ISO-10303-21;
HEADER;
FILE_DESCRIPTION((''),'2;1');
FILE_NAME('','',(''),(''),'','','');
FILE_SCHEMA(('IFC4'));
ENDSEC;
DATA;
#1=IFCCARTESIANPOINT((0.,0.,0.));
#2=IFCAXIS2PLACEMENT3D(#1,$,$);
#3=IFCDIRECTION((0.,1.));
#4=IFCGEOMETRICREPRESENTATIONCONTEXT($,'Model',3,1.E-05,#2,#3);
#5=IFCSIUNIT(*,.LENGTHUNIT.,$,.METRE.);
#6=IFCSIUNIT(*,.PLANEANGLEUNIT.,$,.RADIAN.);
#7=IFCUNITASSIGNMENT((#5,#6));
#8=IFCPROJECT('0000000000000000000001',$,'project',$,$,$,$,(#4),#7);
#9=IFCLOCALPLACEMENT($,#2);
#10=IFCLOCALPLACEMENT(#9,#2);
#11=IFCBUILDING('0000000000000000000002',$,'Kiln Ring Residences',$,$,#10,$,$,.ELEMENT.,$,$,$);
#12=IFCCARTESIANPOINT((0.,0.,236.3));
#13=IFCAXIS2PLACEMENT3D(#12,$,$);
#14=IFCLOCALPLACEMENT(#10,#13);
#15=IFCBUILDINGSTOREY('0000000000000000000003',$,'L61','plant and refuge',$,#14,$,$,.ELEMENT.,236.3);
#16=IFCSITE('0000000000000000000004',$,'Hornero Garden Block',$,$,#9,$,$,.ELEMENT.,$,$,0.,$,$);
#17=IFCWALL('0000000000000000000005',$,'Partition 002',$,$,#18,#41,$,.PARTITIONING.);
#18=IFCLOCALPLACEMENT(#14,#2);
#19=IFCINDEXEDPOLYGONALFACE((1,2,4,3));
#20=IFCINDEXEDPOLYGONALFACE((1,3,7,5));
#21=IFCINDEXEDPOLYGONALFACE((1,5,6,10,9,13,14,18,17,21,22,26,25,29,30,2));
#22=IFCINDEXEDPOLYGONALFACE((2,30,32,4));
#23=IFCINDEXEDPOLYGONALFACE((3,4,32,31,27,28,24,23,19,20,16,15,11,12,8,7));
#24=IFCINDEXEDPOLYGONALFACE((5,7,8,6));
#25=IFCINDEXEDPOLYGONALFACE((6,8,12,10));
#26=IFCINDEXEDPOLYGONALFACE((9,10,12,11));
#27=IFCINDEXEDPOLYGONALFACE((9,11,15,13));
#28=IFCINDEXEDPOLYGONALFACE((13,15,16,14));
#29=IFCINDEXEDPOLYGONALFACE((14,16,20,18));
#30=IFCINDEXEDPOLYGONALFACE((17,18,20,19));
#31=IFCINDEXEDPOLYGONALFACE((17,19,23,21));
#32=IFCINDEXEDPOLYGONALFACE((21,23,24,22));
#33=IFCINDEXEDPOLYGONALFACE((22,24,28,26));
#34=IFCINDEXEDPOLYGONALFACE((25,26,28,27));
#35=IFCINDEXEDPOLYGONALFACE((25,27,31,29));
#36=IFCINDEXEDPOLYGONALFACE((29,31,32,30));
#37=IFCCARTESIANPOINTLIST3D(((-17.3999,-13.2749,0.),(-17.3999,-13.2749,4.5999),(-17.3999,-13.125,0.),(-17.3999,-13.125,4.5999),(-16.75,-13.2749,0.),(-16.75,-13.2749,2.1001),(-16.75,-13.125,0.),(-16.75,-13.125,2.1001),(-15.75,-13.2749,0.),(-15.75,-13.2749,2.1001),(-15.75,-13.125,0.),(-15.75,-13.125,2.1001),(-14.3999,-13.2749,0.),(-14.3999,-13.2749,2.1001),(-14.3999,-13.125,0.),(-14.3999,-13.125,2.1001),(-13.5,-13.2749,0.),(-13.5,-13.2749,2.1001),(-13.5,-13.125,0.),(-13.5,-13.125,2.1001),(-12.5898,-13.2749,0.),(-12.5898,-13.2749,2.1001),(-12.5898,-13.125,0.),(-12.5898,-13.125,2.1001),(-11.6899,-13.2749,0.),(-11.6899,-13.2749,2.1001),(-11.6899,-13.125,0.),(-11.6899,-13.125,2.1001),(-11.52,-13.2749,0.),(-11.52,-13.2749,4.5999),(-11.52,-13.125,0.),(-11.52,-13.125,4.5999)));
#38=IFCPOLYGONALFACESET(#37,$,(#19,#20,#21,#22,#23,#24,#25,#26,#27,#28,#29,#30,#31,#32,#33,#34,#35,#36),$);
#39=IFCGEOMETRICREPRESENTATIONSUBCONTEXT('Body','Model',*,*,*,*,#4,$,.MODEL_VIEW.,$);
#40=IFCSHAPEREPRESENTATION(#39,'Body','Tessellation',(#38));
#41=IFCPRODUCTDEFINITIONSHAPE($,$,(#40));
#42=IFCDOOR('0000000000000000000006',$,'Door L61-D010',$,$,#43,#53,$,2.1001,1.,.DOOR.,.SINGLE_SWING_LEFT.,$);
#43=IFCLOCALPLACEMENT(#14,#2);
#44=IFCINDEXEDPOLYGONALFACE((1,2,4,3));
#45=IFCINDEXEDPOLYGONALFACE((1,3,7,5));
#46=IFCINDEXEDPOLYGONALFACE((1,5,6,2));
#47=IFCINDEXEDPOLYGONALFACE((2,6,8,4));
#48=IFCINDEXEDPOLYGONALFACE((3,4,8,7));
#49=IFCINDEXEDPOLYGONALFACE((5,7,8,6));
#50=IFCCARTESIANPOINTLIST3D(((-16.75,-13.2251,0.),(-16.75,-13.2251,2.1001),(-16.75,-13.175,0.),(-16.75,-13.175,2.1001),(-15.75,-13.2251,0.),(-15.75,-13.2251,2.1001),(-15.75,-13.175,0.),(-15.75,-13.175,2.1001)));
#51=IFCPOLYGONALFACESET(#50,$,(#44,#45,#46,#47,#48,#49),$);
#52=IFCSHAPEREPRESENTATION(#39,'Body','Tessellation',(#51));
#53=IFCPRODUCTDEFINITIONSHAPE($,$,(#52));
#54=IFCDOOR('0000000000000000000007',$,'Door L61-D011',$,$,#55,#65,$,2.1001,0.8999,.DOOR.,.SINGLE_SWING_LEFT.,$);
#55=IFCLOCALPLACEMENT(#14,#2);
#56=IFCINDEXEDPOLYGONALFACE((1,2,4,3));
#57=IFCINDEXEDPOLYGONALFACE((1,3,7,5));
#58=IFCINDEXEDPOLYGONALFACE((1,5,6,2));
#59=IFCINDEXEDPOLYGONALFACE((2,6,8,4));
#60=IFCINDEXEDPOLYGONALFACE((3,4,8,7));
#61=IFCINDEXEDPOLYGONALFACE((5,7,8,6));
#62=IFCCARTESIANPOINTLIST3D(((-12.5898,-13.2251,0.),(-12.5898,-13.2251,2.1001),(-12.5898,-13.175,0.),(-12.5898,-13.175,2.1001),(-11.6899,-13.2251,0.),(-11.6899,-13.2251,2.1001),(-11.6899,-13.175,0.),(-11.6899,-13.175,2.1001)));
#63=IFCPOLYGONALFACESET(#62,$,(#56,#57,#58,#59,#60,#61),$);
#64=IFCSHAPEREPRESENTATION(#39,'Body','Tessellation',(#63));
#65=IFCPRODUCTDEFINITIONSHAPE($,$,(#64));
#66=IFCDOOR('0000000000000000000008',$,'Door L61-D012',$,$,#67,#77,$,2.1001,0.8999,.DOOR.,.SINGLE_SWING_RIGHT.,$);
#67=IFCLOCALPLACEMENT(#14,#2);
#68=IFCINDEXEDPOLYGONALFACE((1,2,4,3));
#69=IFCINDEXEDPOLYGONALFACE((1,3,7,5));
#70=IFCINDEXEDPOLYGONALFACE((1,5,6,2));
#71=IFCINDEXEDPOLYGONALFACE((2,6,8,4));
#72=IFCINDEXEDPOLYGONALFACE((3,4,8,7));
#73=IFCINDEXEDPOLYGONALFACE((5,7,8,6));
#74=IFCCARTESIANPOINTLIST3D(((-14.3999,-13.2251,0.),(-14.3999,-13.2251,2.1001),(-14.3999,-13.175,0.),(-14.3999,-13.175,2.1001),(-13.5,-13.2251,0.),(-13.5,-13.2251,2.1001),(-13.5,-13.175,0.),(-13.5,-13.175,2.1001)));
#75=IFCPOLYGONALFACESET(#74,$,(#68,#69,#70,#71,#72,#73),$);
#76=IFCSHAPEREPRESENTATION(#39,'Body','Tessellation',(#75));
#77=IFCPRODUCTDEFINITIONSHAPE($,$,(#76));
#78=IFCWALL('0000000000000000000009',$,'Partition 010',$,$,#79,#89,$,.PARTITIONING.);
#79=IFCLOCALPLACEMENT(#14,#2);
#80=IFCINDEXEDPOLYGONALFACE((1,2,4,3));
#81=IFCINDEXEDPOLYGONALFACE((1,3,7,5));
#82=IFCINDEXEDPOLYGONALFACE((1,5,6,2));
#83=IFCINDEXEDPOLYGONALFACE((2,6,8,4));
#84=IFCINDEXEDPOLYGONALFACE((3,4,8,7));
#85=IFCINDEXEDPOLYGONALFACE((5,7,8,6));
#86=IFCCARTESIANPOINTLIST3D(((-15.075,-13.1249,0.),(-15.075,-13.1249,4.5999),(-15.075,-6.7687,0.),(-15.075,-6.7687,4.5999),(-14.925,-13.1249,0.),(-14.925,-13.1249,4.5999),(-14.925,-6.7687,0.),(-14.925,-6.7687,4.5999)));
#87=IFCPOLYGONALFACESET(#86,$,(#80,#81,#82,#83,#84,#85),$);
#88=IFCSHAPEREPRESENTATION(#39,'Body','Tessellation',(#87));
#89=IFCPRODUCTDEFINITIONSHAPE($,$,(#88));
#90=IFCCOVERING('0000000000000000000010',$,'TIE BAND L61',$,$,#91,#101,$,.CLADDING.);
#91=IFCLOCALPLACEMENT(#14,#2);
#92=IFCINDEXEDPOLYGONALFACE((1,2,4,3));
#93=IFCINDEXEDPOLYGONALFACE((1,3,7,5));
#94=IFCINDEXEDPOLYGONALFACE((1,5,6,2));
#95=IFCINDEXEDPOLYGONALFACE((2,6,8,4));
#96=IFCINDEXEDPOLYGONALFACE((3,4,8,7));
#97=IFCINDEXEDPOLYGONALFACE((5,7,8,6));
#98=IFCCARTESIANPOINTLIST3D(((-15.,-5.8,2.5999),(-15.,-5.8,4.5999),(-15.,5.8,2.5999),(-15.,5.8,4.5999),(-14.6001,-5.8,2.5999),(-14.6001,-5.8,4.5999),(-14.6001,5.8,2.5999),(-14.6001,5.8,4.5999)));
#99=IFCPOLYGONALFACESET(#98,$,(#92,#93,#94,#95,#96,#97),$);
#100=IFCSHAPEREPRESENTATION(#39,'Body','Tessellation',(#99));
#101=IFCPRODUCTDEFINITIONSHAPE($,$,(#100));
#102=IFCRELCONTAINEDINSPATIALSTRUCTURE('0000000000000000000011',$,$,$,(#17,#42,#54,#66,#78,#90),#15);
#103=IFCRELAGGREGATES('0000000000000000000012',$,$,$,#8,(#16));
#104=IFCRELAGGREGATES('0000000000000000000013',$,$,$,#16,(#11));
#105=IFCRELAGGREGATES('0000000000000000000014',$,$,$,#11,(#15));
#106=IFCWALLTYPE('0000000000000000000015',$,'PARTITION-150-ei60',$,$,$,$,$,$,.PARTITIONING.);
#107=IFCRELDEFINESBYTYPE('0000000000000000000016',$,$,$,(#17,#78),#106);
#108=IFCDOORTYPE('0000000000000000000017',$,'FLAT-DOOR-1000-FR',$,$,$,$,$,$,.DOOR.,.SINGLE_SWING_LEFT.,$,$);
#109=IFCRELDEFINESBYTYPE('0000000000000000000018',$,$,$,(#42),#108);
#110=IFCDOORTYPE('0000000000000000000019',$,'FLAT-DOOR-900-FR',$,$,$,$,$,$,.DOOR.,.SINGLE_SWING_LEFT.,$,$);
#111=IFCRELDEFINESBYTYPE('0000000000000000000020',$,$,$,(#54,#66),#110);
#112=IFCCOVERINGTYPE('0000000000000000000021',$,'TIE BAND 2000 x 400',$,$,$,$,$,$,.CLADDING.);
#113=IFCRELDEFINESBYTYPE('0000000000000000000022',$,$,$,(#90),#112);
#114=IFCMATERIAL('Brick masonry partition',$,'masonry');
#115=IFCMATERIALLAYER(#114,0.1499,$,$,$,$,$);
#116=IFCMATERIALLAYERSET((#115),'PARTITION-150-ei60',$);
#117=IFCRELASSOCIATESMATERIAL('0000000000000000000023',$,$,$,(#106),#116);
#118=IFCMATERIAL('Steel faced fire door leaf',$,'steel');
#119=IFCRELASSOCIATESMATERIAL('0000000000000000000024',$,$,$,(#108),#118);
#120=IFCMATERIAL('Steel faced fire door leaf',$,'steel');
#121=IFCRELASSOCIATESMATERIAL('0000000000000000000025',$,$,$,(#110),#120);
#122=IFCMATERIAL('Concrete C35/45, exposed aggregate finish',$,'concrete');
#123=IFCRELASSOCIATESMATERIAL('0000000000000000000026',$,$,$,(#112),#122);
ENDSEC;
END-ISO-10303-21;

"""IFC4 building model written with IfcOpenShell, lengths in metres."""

from ifc_helpers import new_model, si_unit, direction, frame, frame_2d, origin, origin_2d, place, context, subcontext, project, spatial, rectangle, extrude, material, layer, layer_set, type_object, element, fill, save


model = new_model("IFC4")

# Units and contexts
model_context = context("Model", 3, precision=1e-05, world=origin(), true_north=direction((0.0, 1.0)))
body_context = subcontext(model_context, "Body", "Model", "MODEL_VIEW")
ifc_project = project(units=[si_unit("LENGTHUNIT", "METRE"), si_unit("PLANEANGLEUNIT", "RADIAN")], contexts=[model_context])

# Site, building, storey
site_placement = place(None, origin())
site = spatial("IfcSite", under=ifc_project, at=site_placement, Name="Hornero Garden Block", CompositionType="ELEMENT", RefElevation=0.0)
building_placement = place(site_placement, origin())
building = spatial("IfcBuilding", under=site, at=building_placement, Name="Kiln Ring Residences", CompositionType="ELEMENT")
storey_placement = place(building_placement, frame((0.0, 0.0, 236.3)))
storey = spatial("IfcBuildingStorey", under=building, at=storey_placement, Name="L61", Description="plant and refuge", CompositionType="ELEMENT", Elevation=236.3)

# Wall, openings, doors
ifc_material_1 = material(Name="Brick masonry partition", Category="masonry")
ifc_layer_1 = layer(ifc_material_1, 0.1499)
ifc_layer_set_1 = layer_set([ifc_layer_1], Name="PARTITION-150-ei60")
wall_type_1 = type_object("IfcWallType", Name="PARTITION-150-ei60", PredefinedType="PARTITIONING", material=ifc_layer_set_1)
wall_1_placement = place(storey_placement, frame((-17.3999, -13.2, 0.0), z_axis=(0.0, 0.0, 1.0), x_axis=(1.0, 0.0, 0.0)))
wall_1 = element("IfcWall", 1, at=wall_1_placement, inside=storey, type_object=wall_type_1, Name="Partition 002", PredefinedType="PARTITIONING", context=body_context, shape_type="SweptSolid", body=[
    extrude(rectangle(XDim=5.8799, YDim=0.1499, at=frame_2d((2.9399, 0.0))), origin(), (0.0, 0.0, 1.0), 4.5999),
])
opening_1_placement = place(wall_1_placement, frame((0.6499, 0.0, 0.0)))
opening_1 = element("IfcOpeningElement", 2, at=opening_1_placement, cuts=wall_1, PredefinedType="OPENING", context=body_context, shape_type="SweptSolid", body=[
    extrude(rectangle(XDim=1.0, YDim=2.1001, at=frame_2d((0.5, 1.05))), frame((0.0, 0.085, 0.0), z_axis=(0.0, -1.0, 0.0), x_axis=(1.0, 0.0, 0.0)), (0.0, 0.0, 1.0), 0.1699),
])
opening_2_placement = place(wall_1_placement, frame((4.8101, 0.0, 0.0)))
opening_2 = element("IfcOpeningElement", 3, at=opening_2_placement, cuts=wall_1, PredefinedType="OPENING", context=body_context, shape_type="SweptSolid", body=[
    extrude(rectangle(XDim=0.8999, YDim=2.1001, at=frame_2d((0.45, 1.05))), frame((0.0, 0.085, 0.0), z_axis=(0.0, -1.0, 0.0), x_axis=(1.0, 0.0, 0.0)), (0.0, 0.0, 1.0), 0.1699),
])
opening_3_placement = place(wall_1_placement, frame((3.0, 0.0, 0.0)))
opening_3 = element("IfcOpeningElement", 4, at=opening_3_placement, cuts=wall_1, PredefinedType="OPENING", context=body_context, shape_type="SweptSolid", body=[
    extrude(rectangle(XDim=0.8999, YDim=2.1001, at=frame_2d((0.45, 1.05))), frame((0.0, 0.085, 0.0), z_axis=(0.0, -1.0, 0.0), x_axis=(1.0, 0.0, 0.0)), (0.0, 0.0, 1.0), 0.1699),
])
ifc_material_2 = material(Name="Steel faced fire door leaf", Category="steel")
door_type_1 = type_object("IfcDoorType", Name="FLAT-DOOR-1000-FR", OperationType="SINGLE_SWING_LEFT", PredefinedType="DOOR", material=ifc_material_2)
door_1_placement = place(opening_1_placement, origin())
door_1 = element("IfcDoor", 5, at=door_1_placement, inside=storey, type_object=door_type_1, Name="Door L61-D010", OperationType="SINGLE_SWING_LEFT", OverallHeight=2.1001, OverallWidth=1.0, PredefinedType="DOOR", context=body_context, shape_type="SweptSolid", body=[
    extrude(rectangle(XDim=1.0, YDim=2.1001, at=frame_2d((0.5, 1.05))), frame((0.0, 0.0249, 0.0), z_axis=(0.0, -1.0, 0.0), x_axis=(1.0, 0.0, 0.0)), (0.0, 0.0, 1.0), 0.05),
])
fill(opening_1, door_1)
ifc_material_3 = material(Name="Steel faced fire door leaf", Category="steel")
door_type_2 = type_object("IfcDoorType", Name="FLAT-DOOR-900-FR", OperationType="SINGLE_SWING_LEFT", PredefinedType="DOOR", material=ifc_material_3)
door_2_placement = place(opening_2_placement, origin())
door_2 = element("IfcDoor", 6, at=door_2_placement, inside=storey, type_object=door_type_2, Name="Door L61-D011", OperationType="SINGLE_SWING_LEFT", OverallHeight=2.1001, OverallWidth=0.8999, PredefinedType="DOOR", context=body_context, shape_type="SweptSolid", body=[
    extrude(rectangle(XDim=0.8999, YDim=2.1001, at=frame_2d((0.45, 1.05))), frame((0.0, 0.0249, 0.0), z_axis=(0.0, -1.0, 0.0), x_axis=(1.0, 0.0, 0.0)), (0.0, 0.0, 1.0), 0.05),
])
fill(opening_2, door_2)
door_3_placement = place(opening_3_placement, origin())
door_3 = element("IfcDoor", 7, at=door_3_placement, inside=storey, type_object=door_type_2, Name="Door L61-D012", OperationType="SINGLE_SWING_RIGHT", OverallHeight=2.1001, OverallWidth=0.8999, PredefinedType="DOOR", context=body_context, shape_type="SweptSolid", body=[
    extrude(rectangle(XDim=0.8999, YDim=2.1001, at=frame_2d((0.45, 1.05))), frame((0.0, 0.0249, 0.0), z_axis=(0.0, -1.0, 0.0), x_axis=(1.0, 0.0, 0.0)), (0.0, 0.0, 1.0), 0.05),
])
fill(opening_3, door_3)

# Wall
wall_2_placement = place(storey_placement, frame((-15.0, -13.125, 0.0), z_axis=(0.0, 0.0, 1.0), x_axis=(0.0, 1.0, 0.0)))
element("IfcWall", 8, at=wall_2_placement, inside=storey, type_object=wall_type_1, Name="Partition 010", PredefinedType="PARTITIONING", context=body_context, shape_type="SweptSolid", body=[
    extrude(rectangle(XDim=6.3562, YDim=0.1499, at=frame_2d((3.1782, 0.0))), origin(), (0.0, 0.0, 1.0), 4.5999),
])

# Covering
ifc_material_4 = material(Name="Concrete C35/45, exposed aggregate finish", Category="concrete")
covering_type = type_object("IfcCoveringType", Name="TIE BAND 2000 x 400", PredefinedType="CLADDING", material=ifc_material_4)
covering_placement = place(storey_placement, frame((-14.8, 0.0, 2.5999), z_axis=(0.0, 0.0, 1.0), x_axis=(0.0, 1.0, 0.0)))
element("IfcCovering", 9, at=covering_placement, inside=storey, type_object=covering_type, Name="TIE BAND L61", PredefinedType="CLADDING", context=body_context, shape_type="SweptSolid", body=[
    extrude(rectangle(XDim=11.6001, YDim=0.3999, at=origin_2d()), origin(), (0.0, 0.0, 1.0), 2.0),
])

save(model, "model.ifc")
